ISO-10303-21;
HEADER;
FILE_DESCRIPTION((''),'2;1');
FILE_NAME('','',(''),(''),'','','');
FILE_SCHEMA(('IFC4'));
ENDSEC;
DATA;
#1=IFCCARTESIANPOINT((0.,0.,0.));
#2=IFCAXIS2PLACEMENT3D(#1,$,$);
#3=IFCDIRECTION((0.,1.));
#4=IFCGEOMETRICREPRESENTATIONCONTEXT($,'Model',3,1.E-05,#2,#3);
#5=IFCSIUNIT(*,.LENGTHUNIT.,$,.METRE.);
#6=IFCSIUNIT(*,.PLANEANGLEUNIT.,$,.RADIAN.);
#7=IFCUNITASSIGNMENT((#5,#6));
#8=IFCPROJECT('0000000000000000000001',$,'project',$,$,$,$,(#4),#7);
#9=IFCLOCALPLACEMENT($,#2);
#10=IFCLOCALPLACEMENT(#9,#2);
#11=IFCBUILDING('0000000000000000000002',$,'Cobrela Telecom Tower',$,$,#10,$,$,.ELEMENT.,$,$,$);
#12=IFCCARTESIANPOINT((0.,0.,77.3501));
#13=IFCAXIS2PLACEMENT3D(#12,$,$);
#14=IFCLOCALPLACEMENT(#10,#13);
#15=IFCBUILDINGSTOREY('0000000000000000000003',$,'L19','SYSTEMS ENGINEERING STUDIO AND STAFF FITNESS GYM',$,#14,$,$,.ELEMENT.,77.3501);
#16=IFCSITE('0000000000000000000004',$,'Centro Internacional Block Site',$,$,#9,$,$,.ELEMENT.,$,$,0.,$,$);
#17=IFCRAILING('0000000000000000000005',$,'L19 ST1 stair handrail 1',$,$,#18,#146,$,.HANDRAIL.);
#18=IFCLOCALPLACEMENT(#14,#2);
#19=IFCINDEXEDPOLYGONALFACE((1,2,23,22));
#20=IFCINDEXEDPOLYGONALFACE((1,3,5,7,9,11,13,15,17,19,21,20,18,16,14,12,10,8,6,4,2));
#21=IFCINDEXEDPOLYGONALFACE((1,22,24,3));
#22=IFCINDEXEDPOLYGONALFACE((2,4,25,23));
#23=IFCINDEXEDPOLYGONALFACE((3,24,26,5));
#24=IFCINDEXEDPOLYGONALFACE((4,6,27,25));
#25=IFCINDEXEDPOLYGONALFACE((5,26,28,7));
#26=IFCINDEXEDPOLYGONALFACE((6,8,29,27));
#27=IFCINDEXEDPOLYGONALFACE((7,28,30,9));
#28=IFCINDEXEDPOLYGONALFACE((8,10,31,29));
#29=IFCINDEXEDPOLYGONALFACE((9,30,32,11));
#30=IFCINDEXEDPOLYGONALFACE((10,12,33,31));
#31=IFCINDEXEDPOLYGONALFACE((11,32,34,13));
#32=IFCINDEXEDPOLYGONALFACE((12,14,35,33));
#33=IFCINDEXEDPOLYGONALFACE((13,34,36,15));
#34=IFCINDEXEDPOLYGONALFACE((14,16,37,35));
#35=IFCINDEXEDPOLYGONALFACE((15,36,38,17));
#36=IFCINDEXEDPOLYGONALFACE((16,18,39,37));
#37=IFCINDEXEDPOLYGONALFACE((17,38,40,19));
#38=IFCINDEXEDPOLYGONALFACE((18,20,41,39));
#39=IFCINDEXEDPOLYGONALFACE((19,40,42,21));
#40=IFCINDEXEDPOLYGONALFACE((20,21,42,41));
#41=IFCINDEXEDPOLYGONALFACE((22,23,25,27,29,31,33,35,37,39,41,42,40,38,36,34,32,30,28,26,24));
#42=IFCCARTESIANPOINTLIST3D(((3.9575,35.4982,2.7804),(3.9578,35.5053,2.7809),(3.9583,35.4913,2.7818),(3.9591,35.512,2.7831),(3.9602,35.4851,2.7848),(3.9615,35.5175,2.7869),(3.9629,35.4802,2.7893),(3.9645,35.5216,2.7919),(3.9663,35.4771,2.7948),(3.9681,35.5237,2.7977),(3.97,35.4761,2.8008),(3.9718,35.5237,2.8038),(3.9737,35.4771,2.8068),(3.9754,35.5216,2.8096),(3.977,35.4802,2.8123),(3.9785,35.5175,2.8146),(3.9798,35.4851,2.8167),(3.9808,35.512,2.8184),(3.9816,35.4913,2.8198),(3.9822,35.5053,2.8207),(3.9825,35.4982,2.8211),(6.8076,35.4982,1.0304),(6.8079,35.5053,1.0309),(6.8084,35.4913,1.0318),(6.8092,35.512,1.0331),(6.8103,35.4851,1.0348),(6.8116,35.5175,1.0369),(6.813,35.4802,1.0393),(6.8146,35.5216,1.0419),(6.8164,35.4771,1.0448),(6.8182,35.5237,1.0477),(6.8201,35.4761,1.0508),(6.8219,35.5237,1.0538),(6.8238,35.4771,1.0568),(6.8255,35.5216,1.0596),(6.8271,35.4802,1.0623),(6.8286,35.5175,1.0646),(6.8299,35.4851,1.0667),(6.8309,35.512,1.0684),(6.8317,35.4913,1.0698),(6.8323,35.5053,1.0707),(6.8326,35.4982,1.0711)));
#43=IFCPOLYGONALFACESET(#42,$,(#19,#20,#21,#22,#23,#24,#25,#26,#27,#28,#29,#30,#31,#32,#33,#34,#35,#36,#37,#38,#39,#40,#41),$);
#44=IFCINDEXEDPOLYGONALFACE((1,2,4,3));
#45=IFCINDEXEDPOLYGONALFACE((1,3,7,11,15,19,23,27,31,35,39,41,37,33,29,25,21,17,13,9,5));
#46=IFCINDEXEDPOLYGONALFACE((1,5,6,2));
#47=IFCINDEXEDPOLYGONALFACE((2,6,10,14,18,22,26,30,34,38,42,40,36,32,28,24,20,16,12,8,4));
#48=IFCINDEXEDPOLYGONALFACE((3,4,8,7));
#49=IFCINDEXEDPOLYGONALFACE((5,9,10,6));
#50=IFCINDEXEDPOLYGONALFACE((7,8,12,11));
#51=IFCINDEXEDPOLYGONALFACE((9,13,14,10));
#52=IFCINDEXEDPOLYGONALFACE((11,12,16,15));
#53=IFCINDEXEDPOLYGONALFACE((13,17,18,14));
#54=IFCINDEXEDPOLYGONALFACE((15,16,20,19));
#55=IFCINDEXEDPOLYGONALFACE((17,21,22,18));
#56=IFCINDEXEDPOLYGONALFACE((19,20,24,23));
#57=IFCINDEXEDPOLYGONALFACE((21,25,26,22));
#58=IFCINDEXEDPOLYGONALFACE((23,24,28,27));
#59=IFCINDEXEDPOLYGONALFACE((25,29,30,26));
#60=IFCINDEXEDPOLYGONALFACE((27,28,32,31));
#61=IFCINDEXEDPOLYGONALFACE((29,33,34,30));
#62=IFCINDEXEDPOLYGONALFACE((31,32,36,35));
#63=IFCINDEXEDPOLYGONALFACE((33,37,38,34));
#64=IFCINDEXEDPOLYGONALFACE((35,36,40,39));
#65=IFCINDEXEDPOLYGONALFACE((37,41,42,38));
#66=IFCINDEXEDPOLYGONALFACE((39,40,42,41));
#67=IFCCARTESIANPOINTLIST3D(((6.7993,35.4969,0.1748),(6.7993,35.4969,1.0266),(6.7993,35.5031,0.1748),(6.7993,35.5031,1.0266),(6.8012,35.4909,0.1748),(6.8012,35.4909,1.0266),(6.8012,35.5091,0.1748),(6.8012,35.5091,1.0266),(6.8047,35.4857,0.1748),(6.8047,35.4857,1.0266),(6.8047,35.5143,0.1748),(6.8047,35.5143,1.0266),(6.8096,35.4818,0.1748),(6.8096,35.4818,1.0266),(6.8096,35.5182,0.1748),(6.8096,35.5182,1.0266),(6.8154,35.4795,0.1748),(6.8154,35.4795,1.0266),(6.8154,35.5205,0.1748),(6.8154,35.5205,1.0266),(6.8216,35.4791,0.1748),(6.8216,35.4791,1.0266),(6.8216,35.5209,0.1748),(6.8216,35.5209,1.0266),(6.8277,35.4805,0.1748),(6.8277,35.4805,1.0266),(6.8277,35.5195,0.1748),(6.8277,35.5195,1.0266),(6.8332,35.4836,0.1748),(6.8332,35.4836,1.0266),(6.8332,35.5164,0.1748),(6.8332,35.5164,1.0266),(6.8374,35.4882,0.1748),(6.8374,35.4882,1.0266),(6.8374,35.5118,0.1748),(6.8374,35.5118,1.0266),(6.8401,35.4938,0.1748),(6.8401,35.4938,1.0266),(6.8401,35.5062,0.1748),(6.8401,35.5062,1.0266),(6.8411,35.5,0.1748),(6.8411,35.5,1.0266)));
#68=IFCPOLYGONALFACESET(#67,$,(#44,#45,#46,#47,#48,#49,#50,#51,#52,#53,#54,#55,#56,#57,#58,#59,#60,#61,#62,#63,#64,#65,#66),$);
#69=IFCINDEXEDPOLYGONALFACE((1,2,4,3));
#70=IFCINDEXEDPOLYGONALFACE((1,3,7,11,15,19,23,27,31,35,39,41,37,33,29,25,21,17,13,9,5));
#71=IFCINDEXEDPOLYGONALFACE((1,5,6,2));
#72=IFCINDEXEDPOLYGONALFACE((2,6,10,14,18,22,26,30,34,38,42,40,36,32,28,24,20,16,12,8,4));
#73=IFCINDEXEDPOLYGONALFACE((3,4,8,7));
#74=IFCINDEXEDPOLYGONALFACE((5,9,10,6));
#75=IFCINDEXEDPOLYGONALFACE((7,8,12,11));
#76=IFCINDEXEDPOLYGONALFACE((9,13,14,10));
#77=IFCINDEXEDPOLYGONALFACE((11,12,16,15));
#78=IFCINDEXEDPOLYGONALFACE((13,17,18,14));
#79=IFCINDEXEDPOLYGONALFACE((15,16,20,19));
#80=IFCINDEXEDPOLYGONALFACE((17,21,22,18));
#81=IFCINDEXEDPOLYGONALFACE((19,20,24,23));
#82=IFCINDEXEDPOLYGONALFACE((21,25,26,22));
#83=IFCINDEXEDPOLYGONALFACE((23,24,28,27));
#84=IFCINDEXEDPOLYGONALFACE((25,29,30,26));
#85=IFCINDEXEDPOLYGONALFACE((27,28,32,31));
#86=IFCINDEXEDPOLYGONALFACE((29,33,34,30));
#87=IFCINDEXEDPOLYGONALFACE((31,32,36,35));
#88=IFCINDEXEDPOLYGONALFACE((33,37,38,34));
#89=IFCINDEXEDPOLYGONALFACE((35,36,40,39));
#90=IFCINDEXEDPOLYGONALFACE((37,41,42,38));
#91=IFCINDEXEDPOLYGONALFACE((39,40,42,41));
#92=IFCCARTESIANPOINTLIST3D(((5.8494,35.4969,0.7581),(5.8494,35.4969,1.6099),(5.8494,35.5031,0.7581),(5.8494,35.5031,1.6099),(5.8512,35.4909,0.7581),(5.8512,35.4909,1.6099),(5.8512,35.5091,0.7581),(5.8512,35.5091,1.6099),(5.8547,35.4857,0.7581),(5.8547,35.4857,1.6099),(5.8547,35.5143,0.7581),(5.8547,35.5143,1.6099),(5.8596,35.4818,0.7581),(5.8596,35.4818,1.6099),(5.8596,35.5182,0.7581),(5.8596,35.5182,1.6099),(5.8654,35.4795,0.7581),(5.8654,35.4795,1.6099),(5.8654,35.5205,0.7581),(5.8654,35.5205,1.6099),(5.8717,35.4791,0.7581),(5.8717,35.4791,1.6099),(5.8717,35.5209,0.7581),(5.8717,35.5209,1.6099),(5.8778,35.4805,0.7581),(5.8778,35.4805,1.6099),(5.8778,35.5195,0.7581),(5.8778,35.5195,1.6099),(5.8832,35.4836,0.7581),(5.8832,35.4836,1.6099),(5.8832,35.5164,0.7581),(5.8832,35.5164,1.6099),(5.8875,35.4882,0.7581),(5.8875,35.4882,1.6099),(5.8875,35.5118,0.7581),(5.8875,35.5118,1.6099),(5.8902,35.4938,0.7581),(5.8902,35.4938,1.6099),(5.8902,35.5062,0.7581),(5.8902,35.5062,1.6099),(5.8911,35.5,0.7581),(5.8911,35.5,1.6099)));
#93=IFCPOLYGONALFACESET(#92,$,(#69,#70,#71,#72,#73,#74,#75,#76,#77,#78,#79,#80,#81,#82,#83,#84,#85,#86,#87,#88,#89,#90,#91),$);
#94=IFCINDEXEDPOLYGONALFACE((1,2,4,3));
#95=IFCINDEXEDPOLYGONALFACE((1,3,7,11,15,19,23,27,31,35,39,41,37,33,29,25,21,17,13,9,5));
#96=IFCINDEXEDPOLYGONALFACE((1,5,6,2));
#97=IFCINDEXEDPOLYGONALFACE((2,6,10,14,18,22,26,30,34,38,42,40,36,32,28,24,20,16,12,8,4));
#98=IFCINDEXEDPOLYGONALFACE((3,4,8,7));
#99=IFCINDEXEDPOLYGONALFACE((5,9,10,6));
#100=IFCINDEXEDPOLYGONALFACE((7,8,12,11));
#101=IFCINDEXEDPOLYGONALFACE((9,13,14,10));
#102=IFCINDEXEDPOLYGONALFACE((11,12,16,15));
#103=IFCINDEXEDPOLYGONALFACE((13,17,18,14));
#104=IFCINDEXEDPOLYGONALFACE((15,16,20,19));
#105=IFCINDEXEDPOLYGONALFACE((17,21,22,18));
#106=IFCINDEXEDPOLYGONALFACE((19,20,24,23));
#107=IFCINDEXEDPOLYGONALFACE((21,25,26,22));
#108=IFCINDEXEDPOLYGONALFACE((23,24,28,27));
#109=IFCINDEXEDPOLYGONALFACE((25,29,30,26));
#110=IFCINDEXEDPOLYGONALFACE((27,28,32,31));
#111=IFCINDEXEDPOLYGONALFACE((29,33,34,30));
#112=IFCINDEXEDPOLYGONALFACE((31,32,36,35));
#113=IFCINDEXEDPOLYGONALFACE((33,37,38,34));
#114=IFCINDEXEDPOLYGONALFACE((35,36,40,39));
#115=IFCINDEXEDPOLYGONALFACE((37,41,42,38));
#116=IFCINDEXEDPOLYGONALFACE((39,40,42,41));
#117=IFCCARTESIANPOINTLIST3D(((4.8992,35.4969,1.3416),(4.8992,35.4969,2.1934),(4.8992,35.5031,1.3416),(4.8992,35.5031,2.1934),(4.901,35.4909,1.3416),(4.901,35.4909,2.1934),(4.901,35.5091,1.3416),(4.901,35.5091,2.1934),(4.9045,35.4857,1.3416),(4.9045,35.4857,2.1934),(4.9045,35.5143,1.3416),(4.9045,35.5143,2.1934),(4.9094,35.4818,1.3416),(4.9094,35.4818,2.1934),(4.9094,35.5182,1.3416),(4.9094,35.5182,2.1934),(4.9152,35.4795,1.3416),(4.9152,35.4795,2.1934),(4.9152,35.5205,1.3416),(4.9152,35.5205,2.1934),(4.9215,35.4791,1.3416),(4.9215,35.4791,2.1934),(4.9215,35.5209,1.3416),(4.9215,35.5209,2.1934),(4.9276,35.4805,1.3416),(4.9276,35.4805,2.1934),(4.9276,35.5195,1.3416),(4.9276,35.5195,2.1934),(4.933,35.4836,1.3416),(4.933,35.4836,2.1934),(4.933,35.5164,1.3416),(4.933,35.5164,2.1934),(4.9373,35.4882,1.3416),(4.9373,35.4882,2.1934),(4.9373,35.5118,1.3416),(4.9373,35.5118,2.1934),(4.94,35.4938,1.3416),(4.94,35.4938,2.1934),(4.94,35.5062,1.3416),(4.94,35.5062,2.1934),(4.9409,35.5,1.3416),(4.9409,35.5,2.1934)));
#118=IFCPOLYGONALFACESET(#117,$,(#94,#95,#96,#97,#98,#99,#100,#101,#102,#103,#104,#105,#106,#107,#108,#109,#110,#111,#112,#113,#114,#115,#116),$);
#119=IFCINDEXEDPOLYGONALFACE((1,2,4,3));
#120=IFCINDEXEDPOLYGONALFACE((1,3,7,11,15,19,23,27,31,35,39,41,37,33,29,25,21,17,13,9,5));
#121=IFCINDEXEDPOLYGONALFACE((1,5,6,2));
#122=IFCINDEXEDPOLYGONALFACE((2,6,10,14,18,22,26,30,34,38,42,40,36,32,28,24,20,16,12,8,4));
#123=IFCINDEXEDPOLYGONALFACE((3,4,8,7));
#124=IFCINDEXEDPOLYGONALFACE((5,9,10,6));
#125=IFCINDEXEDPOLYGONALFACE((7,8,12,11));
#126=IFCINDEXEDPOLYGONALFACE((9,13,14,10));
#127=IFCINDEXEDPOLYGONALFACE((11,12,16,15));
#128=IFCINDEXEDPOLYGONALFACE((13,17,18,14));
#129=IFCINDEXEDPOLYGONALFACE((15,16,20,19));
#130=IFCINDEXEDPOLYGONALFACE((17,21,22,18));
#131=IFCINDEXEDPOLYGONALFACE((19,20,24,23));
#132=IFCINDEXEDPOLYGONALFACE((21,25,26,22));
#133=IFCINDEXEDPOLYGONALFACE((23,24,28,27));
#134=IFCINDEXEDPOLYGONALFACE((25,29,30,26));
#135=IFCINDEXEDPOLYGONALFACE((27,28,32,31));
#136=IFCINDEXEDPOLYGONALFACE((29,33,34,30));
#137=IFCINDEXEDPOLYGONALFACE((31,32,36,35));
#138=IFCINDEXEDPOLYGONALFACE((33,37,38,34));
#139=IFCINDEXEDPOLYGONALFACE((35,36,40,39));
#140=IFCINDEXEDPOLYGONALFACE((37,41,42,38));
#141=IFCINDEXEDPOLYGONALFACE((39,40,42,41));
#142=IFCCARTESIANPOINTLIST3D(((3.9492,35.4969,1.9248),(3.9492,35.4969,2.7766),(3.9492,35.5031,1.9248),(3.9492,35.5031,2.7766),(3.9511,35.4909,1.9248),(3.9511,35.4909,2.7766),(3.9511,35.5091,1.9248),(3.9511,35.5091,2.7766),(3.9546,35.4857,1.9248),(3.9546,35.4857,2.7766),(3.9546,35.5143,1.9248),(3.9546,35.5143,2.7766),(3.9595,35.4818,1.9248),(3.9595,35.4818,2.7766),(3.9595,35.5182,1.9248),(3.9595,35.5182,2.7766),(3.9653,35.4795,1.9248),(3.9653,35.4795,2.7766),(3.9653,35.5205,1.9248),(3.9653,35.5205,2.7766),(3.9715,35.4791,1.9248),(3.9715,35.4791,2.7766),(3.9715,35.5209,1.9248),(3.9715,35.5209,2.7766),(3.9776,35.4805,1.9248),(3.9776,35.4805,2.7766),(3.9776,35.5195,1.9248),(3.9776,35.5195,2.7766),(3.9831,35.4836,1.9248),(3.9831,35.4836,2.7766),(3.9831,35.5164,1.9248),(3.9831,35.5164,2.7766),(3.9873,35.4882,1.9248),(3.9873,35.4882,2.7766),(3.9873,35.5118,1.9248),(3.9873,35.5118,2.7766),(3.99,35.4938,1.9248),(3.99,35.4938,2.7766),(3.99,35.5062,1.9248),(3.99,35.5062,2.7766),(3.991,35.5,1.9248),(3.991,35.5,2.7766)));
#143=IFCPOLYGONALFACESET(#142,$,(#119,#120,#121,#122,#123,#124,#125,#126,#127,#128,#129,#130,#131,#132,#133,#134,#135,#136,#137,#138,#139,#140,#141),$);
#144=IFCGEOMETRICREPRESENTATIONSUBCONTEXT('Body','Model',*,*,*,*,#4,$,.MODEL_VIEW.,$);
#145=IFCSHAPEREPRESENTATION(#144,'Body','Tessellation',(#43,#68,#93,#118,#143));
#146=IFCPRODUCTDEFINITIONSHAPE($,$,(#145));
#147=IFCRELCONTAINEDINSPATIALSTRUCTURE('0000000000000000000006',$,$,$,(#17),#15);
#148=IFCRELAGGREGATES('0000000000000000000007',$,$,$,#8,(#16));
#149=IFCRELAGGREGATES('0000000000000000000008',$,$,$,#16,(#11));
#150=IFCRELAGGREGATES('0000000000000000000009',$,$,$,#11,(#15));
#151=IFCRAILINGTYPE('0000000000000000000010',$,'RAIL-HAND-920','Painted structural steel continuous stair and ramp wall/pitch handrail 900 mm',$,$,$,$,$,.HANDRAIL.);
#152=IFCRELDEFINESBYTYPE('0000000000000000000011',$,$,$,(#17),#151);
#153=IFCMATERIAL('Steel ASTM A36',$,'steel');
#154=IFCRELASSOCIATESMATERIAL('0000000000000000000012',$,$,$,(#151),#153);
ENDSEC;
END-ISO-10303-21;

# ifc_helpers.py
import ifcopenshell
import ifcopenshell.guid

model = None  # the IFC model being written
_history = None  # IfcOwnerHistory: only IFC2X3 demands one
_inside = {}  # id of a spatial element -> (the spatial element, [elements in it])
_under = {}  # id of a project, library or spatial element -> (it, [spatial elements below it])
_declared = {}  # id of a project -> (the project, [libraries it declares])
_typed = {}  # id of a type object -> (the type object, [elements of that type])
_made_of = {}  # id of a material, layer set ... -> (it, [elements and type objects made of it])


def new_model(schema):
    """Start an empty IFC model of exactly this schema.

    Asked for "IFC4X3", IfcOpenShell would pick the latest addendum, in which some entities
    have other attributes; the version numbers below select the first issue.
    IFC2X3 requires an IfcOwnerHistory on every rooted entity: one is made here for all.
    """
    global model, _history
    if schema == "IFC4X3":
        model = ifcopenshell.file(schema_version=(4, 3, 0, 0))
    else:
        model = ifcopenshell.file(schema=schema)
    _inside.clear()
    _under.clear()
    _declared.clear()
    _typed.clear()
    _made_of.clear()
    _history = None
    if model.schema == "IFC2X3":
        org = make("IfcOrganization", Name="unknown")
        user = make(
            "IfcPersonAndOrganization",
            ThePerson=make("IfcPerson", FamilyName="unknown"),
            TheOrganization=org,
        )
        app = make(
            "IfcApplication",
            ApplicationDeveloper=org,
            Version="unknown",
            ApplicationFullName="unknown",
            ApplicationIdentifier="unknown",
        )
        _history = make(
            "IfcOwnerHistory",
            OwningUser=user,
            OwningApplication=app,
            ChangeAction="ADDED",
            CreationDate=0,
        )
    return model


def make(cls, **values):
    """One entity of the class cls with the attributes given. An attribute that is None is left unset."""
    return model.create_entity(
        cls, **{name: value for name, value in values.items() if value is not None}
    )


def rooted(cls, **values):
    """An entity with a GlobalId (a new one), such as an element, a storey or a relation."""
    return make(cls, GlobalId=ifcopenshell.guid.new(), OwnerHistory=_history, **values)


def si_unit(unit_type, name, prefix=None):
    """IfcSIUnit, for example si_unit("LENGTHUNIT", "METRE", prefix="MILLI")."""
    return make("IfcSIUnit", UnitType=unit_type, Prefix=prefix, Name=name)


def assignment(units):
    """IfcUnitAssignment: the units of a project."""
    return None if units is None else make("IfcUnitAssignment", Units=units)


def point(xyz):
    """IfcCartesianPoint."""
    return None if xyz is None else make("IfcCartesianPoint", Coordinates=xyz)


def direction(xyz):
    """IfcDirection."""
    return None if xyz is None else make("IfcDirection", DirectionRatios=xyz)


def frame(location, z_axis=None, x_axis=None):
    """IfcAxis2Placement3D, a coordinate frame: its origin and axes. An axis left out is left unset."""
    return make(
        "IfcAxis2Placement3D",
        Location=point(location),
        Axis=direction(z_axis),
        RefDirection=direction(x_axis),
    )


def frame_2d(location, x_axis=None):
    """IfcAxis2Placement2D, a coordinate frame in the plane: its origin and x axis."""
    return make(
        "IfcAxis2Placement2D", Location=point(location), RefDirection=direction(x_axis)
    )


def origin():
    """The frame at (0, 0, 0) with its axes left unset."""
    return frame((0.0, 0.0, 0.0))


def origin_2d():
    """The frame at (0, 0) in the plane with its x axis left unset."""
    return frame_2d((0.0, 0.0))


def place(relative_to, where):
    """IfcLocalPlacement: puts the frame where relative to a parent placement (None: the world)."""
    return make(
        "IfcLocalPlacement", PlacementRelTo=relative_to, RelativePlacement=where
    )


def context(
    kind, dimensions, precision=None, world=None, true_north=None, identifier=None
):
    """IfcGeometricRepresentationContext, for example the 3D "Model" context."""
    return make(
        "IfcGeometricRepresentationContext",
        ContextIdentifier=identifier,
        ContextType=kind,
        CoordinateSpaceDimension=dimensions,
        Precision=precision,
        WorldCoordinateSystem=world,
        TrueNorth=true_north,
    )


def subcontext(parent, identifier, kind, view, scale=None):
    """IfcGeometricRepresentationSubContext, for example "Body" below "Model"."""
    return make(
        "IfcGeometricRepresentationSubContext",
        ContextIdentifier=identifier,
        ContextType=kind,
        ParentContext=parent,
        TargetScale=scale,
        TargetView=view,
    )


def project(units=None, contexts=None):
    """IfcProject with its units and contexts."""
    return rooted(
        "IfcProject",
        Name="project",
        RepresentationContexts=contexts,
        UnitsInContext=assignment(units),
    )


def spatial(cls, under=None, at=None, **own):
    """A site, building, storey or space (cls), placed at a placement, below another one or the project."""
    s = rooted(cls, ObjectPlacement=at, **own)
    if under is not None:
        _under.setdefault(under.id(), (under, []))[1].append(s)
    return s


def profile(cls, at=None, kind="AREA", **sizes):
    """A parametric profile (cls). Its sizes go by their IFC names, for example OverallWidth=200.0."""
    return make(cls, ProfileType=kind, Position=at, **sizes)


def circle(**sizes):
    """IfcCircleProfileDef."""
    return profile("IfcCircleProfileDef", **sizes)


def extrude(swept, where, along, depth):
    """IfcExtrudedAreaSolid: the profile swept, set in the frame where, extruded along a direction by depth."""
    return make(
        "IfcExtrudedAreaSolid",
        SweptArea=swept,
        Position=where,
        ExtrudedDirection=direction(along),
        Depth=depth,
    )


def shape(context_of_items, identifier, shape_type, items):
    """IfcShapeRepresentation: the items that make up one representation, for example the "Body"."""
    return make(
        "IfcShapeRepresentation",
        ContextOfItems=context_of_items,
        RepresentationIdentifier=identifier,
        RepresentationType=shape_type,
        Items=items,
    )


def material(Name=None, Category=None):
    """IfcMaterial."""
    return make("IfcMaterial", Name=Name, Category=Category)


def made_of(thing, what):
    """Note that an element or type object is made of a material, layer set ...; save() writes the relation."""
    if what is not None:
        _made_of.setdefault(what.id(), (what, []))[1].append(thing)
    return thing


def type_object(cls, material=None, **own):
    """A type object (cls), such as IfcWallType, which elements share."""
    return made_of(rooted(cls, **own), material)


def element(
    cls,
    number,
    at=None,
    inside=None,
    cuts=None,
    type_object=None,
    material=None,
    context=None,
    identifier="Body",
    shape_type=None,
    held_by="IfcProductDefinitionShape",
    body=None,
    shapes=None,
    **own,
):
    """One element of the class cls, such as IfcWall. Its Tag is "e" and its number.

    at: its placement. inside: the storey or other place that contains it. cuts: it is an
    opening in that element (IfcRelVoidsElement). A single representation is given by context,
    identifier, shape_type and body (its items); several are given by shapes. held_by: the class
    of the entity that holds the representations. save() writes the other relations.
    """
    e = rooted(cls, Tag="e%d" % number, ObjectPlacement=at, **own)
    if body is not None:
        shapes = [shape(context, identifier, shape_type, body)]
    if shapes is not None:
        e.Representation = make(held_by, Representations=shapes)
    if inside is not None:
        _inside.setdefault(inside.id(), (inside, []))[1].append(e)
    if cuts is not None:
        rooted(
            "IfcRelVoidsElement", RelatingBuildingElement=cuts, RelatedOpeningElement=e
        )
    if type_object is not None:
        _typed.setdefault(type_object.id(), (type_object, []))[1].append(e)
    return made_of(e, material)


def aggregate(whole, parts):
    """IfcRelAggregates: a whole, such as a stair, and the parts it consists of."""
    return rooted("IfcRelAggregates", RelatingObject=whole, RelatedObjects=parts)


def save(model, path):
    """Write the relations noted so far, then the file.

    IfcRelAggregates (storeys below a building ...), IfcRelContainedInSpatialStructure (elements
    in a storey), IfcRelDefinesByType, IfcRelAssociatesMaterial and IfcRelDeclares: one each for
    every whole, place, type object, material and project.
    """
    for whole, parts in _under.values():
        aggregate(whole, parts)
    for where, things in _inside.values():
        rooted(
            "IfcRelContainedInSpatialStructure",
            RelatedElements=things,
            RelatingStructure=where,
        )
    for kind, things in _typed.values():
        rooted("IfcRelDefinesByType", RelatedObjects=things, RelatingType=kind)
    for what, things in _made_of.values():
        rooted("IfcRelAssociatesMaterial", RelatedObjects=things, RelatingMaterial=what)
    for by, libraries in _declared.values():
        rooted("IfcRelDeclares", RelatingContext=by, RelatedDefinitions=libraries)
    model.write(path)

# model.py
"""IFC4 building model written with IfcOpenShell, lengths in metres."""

from ifc_helpers import new_model, si_unit, direction, frame, origin, origin_2d, place, context, subcontext, project, spatial, circle, extrude, material, type_object, element, save


model = new_model("IFC4")

# Units and contexts
model_context = context("Model", 3, precision=1e-05, world=origin(), true_north=direction((0.0, 1.0)))
body_context = subcontext(model_context, "Body", "Model", "MODEL_VIEW")
ifc_project = project(units=[si_unit("LENGTHUNIT", "METRE"), si_unit("PLANEANGLEUNIT", "RADIAN")], contexts=[model_context])

# Site, building, storey
site_placement = place(None, origin())
site = spatial("IfcSite", under=ifc_project, at=site_placement, Name="Centro Internacional Block Site", CompositionType="ELEMENT", RefElevation=0.0)
building_placement = place(site_placement, origin())
building = spatial("IfcBuilding", under=site, at=building_placement, Name="Cobrela Telecom Tower", CompositionType="ELEMENT")
storey_placement = place(building_placement, frame((0.0, 0.0, 77.3501)))
storey = spatial("IfcBuildingStorey", under=building, at=storey_placement, Name="L19", Description="SYSTEMS ENGINEERING STUDIO AND STAFF FITNESS GYM", CompositionType="ELEMENT", Elevation=77.3501)

# Shared definitions
ifc_material_1 = material(Name="Steel ASTM A36", Category="steel")

# Railing
railing_type_1 = type_object("IfcRailingType", Name="RAIL-HAND-920", Description="Painted structural steel continuous stair and ramp wall/pitch handrail 900 mm", PredefinedType="HANDRAIL", material=ifc_material_1)
railing_1_placement = place(storey_placement, frame((6.8201, 35.5, 0.1748)))
element("IfcRailing", 1, at=railing_1_placement, inside=storey, type_object=railing_type_1, Name="L19 ST1 stair handrail 1", PredefinedType="HANDRAIL", context=body_context, shape_type="SweptSolid", body=[
    extrude(circle(Radius=0.0239, at=origin_2d()), frame((0.0, 0.0, 0.876), z_axis=(-0.852179, 0.0, 0.52325), x_axis=(0.0, -1.0, 0.0)), (0.0, 0.0, 1.0), 3.3445),
    extrude(circle(Radius=0.021, at=origin_2d()), origin(), (0.0, 0.0, 1.0), 0.8518),
    extrude(circle(Radius=0.021, at=origin_2d()), frame((-0.95, 0.0, 0.5833)), (0.0, 0.0, 1.0), 0.8518),
    extrude(circle(Radius=0.021, at=origin_2d()), frame((-1.9001, 0.0, 1.1667)), (0.0, 0.0, 1.0), 0.8518),
    extrude(circle(Radius=0.021, at=origin_2d()), frame((-2.8501, 0.0, 1.75)), (0.0, 0.0, 1.0), 0.8518),
])

save(model, "model.ifc")
